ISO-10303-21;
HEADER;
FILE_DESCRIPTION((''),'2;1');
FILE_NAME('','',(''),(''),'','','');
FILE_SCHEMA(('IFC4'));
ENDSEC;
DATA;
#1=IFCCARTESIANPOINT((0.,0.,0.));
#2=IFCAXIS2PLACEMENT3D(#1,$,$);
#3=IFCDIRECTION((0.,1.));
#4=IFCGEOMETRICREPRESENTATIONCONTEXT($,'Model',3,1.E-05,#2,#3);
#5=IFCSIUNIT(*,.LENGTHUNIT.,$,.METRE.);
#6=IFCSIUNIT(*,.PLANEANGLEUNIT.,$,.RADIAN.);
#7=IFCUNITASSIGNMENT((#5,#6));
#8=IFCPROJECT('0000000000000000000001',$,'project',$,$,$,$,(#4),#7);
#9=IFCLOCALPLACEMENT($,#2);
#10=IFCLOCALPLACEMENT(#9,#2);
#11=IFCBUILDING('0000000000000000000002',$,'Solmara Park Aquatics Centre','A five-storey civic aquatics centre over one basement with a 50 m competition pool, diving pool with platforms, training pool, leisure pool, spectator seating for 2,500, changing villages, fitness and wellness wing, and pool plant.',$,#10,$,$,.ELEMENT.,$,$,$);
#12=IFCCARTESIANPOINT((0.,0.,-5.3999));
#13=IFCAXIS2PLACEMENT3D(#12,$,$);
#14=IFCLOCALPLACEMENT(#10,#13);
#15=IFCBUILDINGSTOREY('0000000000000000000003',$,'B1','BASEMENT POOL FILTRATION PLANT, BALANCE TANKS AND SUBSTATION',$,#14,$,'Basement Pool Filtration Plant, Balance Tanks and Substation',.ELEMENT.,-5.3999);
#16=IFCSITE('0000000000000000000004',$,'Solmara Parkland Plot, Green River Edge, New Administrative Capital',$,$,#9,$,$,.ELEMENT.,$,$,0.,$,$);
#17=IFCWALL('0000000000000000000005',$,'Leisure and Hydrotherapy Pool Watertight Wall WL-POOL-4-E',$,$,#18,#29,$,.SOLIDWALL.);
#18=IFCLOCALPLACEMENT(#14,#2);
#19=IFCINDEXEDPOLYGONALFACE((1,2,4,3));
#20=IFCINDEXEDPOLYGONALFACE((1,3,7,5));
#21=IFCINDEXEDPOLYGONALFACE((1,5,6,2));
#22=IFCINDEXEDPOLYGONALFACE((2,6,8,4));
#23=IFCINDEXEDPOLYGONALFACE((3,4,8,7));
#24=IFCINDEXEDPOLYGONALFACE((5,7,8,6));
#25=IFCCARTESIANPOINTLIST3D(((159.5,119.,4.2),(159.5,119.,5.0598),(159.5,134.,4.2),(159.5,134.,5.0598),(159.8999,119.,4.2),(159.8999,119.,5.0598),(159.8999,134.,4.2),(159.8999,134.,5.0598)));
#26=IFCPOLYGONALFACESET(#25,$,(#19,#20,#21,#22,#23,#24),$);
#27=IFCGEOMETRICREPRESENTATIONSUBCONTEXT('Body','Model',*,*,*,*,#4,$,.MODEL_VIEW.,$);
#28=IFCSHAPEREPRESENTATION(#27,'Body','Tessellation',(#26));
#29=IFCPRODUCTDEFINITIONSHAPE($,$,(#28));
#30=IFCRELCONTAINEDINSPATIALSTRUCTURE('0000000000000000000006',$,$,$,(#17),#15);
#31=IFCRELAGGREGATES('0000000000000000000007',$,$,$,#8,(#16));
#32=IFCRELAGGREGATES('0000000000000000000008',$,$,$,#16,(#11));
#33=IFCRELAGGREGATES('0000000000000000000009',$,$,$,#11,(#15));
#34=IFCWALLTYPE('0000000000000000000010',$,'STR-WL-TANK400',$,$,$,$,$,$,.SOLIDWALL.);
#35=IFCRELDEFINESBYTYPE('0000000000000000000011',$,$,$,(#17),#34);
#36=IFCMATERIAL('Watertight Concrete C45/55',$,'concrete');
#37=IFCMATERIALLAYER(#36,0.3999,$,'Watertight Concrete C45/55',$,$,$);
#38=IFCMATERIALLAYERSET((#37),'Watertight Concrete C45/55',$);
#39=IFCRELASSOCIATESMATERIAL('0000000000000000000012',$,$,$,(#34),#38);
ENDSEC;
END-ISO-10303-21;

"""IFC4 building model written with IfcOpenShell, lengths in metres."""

from ifc_helpers import new_model, si_unit, direction, frame, frame_2d, origin, place, context, subcontext, project, spatial, rectangle, extrude, material, layer, layer_set, type_object, element, save


model = new_model("IFC4")

# Units and contexts
model_context = context("Model", 3, precision=1e-05, world=origin(), true_north=direction((0.0, 1.0)))
body_context = subcontext(model_context, "Body", "Model", "MODEL_VIEW")
ifc_project = project(units=[si_unit("LENGTHUNIT", "METRE"), si_unit("PLANEANGLEUNIT", "RADIAN")], contexts=[model_context])

# Site, building, storey
site_placement = place(None, origin())
site = spatial("IfcSite", under=ifc_project, at=site_placement, Name="Solmara Parkland Plot, Green River Edge, New Administrative Capital", CompositionType="ELEMENT", RefElevation=0.0)
building_placement = place(site_placement, origin())
building = spatial("IfcBuilding", under=site, at=building_placement, Name="Solmara Park Aquatics Centre", Description="A five-storey civic aquatics centre over one basement with a 50 m competition pool, diving pool with platforms, training pool, leisure pool, spectator seating for 2,500, changing villages, fitness and wellness wing, and pool plant.", CompositionType="ELEMENT")
storey_placement = place(building_placement, frame((0.0, 0.0, -5.3999)))
storey = spatial("IfcBuildingStorey", under=building, at=storey_placement, Name="B1", Description="BASEMENT POOL FILTRATION PLANT, BALANCE TANKS AND SUBSTATION", LongName="Basement Pool Filtration Plant, Balance Tanks and Substation", CompositionType="ELEMENT", Elevation=-5.3999)

# Shared definitions
ifc_material_1 = material(Name="Watertight Concrete C45/55", Category="concrete")

# Wall
ifc_layer_1 = layer(ifc_material_1, 0.3999, Name="Watertight Concrete C45/55")
ifc_layer_set_1 = layer_set([ifc_layer_1], Name="Watertight Concrete C45/55")
wall_type_1 = type_object("IfcWallType", Name="STR-WL-TANK400", PredefinedType="SOLIDWALL", material=ifc_layer_set_1)
wall_1_placement = place(storey_placement, frame((159.7, 119.0, 4.2), z_axis=(0.0, 0.0, 1.0), x_axis=(0.0, 1.0, 0.0)))
element("IfcWall", 1, at=wall_1_placement, inside=storey, type_object=wall_type_1, Name="Leisure and Hydrotherapy Pool Watertight Wall WL-POOL-4-E", PredefinedType="SOLIDWALL", context=body_context, shape_type="SweptSolid", body=[
    extrude(rectangle(XDim=15.0, YDim=0.3999, at=frame_2d((7.5, 0.0))), origin(), (0.0, 0.0, 1.0), 0.8599),
])

save(model, "model.ifc")
